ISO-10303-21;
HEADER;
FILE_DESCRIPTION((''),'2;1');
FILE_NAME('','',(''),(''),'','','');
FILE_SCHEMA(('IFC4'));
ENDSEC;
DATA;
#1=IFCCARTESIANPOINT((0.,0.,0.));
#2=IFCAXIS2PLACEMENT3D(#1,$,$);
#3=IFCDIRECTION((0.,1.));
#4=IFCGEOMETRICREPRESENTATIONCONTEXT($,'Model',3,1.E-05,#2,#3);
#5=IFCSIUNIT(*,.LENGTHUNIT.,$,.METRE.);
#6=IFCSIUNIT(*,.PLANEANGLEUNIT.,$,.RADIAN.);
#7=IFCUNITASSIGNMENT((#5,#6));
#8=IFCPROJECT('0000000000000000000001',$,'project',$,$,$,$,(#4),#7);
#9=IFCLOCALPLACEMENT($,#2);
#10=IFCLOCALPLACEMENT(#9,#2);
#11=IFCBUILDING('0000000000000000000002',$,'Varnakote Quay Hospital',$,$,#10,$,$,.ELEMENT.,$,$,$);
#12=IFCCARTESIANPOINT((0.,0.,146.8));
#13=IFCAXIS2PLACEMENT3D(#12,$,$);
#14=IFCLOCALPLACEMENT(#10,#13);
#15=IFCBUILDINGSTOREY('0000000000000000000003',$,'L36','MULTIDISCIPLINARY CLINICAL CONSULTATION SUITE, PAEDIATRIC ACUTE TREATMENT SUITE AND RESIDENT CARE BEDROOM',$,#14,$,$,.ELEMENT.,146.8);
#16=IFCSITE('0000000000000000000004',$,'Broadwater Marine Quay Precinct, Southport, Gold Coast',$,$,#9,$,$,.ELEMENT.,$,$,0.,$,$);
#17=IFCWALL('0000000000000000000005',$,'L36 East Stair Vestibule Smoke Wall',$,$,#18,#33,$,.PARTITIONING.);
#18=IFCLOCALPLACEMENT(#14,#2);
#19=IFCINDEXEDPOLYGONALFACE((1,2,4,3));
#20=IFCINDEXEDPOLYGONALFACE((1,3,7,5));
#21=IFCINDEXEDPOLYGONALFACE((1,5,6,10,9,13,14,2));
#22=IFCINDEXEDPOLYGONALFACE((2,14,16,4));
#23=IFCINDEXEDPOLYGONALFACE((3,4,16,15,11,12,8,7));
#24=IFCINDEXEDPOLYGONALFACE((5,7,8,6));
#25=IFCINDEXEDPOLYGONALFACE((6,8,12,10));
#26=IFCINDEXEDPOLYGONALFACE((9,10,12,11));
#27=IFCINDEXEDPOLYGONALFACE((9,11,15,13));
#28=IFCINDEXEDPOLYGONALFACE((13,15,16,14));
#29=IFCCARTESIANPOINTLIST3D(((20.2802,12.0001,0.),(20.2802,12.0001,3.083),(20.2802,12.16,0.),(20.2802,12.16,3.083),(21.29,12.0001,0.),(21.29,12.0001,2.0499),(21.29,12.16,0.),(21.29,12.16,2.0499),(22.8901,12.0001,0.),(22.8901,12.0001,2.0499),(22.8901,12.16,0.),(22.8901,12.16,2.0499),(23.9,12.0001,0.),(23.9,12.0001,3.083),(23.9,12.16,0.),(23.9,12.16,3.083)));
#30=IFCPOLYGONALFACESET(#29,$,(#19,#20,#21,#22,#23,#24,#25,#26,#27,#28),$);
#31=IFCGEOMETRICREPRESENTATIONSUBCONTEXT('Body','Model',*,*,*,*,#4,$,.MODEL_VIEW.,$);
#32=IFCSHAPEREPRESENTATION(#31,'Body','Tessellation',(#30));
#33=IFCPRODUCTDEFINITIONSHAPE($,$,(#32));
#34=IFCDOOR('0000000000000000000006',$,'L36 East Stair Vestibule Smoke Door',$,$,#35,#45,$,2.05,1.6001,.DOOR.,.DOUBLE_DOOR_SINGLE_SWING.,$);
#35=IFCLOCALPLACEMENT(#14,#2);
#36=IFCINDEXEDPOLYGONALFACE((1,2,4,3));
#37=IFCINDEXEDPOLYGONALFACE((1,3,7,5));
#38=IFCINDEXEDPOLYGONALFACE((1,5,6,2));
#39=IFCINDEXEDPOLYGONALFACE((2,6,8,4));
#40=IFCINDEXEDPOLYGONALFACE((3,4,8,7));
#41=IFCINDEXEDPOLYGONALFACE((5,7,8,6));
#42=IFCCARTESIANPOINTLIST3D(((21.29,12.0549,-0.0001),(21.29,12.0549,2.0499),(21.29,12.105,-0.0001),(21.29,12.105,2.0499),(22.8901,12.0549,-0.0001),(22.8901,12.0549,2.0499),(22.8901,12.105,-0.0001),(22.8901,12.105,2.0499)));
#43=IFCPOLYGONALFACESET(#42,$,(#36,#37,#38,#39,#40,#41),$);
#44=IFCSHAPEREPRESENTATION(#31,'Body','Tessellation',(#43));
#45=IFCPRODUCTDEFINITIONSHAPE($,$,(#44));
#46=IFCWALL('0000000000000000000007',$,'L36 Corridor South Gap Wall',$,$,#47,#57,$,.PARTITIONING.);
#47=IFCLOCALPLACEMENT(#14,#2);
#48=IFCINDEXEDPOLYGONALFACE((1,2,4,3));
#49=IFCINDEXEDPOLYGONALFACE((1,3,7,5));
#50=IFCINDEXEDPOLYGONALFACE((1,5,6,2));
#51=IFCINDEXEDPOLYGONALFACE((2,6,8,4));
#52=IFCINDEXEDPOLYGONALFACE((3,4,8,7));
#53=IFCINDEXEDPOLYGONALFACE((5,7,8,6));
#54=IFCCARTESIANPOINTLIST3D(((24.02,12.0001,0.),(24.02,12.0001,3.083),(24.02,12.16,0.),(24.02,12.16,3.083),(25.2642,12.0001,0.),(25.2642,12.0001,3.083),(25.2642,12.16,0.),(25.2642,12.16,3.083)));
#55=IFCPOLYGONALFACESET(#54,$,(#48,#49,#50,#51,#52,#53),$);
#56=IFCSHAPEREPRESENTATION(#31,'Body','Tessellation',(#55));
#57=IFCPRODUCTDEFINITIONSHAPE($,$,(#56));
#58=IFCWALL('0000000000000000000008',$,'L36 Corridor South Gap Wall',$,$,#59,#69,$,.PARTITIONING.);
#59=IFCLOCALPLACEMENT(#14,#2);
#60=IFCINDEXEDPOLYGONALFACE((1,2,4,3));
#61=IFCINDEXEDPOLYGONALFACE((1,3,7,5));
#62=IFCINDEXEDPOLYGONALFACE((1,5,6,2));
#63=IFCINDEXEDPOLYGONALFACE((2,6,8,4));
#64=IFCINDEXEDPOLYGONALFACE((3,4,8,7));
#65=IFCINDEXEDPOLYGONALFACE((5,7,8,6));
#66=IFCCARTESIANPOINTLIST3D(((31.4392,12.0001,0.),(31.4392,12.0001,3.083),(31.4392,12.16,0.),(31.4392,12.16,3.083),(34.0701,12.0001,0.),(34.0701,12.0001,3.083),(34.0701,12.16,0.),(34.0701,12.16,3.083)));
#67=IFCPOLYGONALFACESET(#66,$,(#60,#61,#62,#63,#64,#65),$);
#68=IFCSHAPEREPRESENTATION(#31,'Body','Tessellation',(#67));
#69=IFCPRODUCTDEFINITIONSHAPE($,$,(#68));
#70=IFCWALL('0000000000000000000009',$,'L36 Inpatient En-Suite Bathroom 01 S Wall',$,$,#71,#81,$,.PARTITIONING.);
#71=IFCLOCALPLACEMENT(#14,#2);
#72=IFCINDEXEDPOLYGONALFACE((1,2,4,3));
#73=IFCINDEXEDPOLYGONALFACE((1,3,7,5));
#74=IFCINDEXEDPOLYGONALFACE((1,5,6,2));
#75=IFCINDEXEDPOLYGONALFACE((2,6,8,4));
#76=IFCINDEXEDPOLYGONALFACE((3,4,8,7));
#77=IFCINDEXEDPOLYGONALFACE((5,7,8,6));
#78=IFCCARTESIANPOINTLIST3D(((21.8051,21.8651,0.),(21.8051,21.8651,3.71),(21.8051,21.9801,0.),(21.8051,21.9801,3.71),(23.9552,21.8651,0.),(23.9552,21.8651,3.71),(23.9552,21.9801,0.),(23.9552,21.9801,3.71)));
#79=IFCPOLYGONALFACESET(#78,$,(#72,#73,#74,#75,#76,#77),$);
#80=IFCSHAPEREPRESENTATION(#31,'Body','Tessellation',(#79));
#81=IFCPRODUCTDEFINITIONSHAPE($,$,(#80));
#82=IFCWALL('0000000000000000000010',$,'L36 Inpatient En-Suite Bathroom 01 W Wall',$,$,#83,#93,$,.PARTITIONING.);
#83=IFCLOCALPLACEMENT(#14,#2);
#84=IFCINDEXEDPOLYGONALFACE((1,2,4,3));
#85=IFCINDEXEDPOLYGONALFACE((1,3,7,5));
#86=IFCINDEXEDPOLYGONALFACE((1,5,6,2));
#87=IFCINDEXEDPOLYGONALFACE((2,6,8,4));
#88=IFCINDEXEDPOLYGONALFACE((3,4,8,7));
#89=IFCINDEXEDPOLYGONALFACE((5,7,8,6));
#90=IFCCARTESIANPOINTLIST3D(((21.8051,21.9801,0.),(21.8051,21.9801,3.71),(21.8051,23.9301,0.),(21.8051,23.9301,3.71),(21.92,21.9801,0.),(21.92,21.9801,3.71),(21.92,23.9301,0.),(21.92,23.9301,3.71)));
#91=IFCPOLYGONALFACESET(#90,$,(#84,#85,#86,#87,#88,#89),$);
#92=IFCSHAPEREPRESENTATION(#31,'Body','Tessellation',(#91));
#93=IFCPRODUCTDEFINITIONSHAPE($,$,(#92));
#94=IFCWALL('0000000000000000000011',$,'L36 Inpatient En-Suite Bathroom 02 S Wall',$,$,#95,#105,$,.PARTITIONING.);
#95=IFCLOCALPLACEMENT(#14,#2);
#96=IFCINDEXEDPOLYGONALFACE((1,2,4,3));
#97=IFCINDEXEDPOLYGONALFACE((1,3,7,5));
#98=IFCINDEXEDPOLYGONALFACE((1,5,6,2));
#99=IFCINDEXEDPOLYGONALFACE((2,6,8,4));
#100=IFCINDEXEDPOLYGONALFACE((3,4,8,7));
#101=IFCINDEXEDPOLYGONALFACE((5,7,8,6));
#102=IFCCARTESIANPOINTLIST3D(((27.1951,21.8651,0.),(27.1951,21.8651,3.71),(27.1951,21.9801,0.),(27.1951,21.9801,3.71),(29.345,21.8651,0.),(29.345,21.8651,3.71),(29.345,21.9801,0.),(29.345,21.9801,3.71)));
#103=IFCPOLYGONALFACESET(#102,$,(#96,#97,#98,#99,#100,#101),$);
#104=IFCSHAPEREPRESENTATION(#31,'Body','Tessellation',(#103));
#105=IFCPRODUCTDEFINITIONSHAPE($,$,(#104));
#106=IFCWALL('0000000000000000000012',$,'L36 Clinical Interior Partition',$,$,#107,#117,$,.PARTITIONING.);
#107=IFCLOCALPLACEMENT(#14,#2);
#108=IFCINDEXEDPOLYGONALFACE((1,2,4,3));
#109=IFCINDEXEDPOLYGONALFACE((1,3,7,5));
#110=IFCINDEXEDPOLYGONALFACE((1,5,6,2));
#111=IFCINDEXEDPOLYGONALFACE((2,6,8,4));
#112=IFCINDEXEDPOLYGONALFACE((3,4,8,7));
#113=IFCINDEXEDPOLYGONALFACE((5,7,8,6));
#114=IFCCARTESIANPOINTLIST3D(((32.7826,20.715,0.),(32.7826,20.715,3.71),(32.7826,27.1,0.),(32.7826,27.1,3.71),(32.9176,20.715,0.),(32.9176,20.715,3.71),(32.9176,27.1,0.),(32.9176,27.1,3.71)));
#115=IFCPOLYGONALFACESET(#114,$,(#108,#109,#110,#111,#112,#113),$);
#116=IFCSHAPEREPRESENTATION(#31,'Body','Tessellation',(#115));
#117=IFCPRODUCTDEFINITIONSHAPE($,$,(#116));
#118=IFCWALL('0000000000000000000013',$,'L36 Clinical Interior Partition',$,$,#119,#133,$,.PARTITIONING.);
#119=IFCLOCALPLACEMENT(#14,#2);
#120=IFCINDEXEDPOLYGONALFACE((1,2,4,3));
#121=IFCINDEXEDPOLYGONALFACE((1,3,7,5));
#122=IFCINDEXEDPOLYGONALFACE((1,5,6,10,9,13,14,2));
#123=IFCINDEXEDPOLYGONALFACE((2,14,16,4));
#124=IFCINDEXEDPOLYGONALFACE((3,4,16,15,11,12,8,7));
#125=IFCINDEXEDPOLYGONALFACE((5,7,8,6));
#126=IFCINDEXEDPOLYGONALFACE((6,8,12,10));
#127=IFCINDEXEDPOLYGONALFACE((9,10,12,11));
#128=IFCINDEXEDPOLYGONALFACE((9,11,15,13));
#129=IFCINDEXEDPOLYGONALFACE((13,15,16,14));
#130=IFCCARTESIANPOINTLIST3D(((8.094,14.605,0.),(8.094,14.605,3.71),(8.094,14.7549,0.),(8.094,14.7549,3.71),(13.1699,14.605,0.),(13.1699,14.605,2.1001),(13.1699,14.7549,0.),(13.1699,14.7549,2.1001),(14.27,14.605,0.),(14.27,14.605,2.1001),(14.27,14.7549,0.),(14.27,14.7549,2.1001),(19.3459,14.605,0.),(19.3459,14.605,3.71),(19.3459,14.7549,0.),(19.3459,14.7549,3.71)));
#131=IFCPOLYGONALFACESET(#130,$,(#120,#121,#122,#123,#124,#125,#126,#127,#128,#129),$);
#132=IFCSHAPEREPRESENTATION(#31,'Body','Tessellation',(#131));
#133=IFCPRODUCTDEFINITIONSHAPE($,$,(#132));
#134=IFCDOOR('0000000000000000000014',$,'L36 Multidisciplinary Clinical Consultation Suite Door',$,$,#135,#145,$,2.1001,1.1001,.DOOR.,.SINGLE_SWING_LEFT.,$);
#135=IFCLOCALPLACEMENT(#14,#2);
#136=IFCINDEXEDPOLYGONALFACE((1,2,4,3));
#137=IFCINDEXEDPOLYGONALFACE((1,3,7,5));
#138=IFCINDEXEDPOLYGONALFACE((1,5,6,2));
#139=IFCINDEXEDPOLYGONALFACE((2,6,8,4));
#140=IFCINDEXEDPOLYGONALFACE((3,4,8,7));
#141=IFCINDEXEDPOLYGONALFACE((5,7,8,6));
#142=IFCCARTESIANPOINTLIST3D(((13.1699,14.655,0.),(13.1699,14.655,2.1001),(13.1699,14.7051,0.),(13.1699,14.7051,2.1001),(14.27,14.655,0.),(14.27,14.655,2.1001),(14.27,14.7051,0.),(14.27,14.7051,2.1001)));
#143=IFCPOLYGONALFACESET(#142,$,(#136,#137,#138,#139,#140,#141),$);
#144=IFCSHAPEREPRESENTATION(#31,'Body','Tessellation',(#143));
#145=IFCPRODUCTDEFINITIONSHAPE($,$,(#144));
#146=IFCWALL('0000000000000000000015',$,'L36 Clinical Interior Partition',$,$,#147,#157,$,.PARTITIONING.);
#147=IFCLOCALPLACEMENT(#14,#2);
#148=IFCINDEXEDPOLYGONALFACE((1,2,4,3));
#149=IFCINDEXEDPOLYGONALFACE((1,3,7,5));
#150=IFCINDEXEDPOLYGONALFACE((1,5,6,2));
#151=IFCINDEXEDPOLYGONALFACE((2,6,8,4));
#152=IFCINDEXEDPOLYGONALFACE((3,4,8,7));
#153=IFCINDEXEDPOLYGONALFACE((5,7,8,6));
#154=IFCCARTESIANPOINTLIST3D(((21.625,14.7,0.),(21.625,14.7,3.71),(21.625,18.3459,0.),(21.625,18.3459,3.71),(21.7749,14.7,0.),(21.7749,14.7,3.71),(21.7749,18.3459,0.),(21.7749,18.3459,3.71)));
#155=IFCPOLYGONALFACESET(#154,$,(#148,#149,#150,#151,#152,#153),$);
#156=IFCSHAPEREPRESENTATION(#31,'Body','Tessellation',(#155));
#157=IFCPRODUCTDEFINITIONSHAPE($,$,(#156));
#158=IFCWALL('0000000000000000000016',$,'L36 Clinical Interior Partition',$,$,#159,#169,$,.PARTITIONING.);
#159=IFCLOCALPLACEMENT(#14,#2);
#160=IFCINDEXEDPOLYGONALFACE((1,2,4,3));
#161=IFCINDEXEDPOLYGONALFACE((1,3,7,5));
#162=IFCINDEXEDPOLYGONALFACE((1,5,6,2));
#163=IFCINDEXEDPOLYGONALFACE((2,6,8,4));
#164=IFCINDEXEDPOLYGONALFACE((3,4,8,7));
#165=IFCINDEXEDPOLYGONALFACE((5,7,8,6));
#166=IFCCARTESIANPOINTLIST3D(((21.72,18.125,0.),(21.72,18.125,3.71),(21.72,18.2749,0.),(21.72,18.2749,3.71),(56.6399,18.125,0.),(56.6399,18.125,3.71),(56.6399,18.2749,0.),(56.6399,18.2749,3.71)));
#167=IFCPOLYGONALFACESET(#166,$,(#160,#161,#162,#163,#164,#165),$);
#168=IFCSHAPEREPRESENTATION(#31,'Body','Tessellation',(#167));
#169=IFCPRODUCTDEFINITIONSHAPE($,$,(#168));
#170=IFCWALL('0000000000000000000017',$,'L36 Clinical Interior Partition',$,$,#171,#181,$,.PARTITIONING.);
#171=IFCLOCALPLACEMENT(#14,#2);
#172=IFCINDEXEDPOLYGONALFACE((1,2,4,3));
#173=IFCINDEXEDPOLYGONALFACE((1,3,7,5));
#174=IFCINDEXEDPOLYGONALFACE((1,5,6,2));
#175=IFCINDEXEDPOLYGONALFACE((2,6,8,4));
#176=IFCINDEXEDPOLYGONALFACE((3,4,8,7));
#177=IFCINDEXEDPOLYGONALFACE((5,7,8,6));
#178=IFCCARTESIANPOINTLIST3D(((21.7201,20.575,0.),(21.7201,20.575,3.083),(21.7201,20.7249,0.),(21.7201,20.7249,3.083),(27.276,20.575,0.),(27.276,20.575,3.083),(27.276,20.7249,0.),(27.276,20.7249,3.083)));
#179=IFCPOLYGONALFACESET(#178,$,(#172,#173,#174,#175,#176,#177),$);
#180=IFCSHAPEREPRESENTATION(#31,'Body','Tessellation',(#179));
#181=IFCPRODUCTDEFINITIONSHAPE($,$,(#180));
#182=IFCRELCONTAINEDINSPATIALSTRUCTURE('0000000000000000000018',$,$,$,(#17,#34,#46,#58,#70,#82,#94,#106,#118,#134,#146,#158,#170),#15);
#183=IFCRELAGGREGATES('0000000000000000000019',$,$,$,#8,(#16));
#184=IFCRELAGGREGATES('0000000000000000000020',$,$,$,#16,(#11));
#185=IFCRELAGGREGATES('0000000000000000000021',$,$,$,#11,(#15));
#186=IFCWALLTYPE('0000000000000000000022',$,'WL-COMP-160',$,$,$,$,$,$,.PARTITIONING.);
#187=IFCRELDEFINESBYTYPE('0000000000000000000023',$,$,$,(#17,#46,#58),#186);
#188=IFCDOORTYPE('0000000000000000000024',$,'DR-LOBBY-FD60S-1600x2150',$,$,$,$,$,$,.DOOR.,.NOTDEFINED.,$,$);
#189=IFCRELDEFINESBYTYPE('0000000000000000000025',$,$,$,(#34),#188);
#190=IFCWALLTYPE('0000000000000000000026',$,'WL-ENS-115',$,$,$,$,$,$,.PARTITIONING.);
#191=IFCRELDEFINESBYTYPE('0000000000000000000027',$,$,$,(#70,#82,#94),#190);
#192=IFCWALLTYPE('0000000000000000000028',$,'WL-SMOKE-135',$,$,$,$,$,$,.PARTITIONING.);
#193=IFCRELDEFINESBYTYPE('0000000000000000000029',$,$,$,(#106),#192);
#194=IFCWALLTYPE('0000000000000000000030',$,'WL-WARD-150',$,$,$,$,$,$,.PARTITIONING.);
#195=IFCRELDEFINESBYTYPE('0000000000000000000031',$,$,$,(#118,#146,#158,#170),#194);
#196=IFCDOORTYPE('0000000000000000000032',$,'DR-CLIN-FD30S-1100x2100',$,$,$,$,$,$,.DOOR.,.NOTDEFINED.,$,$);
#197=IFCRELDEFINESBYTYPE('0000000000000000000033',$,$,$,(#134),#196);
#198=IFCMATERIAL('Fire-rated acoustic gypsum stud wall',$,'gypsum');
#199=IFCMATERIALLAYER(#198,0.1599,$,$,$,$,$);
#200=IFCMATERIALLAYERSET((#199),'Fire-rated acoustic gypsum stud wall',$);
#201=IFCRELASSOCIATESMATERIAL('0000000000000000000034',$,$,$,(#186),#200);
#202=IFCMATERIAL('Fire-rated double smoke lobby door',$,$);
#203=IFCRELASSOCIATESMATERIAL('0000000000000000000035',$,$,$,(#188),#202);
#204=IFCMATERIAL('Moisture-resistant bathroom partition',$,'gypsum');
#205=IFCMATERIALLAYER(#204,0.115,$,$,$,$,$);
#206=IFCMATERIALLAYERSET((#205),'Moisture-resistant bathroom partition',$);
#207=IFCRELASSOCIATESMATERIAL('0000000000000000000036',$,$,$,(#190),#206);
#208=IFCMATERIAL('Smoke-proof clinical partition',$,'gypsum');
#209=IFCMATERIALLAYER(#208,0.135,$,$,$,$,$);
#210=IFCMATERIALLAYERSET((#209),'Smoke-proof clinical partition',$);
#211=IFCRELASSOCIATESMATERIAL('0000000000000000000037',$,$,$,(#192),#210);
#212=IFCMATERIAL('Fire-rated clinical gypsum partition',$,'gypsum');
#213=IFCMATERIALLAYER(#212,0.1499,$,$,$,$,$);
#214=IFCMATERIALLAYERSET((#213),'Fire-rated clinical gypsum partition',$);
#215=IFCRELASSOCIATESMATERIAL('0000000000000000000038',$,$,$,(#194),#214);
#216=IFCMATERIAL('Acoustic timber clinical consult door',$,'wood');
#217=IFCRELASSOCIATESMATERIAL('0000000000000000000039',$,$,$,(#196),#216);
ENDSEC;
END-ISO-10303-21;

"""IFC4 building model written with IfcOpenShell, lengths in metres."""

from ifc_helpers import new_model, si_unit, direction, frame, frame_2d, origin, place, context, subcontext, project, spatial, rectangle, extrude, material, layer, layer_set, type_object, element, fill, save


model = new_model("IFC4")

# Units and contexts
model_context = context("Model", 3, precision=1e-05, world=origin(), true_north=direction((0.0, 1.0)))
body_context = subcontext(model_context, "Body", "Model", "MODEL_VIEW")
ifc_project = project(units=[si_unit("LENGTHUNIT", "METRE"), si_unit("PLANEANGLEUNIT", "RADIAN")], contexts=[model_context])

# Site, building, storey
site_placement = place(None, origin())
site = spatial("IfcSite", under=ifc_project, at=site_placement, Name="Broadwater Marine Quay Precinct, Southport, Gold Coast", CompositionType="ELEMENT", RefElevation=0.0)
building_placement = place(site_placement, origin())
building = spatial("IfcBuilding", under=site, at=building_placement, Name="Varnakote Quay Hospital", CompositionType="ELEMENT")
storey_placement = place(building_placement, frame((0.0, 0.0, 146.8)))
storey = spatial("IfcBuildingStorey", under=building, at=storey_placement, Name="L36", Description="MULTIDISCIPLINARY CLINICAL CONSULTATION SUITE, PAEDIATRIC ACUTE TREATMENT SUITE AND RESIDENT CARE BEDROOM", CompositionType="ELEMENT", Elevation=146.8)

# Wall, opening, door
ifc_material_1 = material(Name="Fire-rated acoustic gypsum stud wall", Category="gypsum")
ifc_layer_1 = layer(ifc_material_1, 0.1599)
ifc_layer_set_1 = layer_set([ifc_layer_1], Name="Fire-rated acoustic gypsum stud wall")
wall_type_1 = type_object("IfcWallType", Name="WL-COMP-160", PredefinedType="PARTITIONING", material=ifc_layer_set_1)
wall_1_placement = place(storey_placement, frame((20.28, 12.0801, 0.0), z_axis=(0.0, 0.0, 1.0), x_axis=(1.0, 0.0, 0.0)))
wall_1 = element("IfcWall", 1, at=wall_1_placement, inside=storey, type_object=wall_type_1, Name="L36 East Stair Vestibule Smoke Wall", PredefinedType="PARTITIONING", context=body_context, shape_type="SweptSolid", body=[
    extrude(rectangle(XDim=3.6199, YDim=0.1599, at=frame_2d((1.8101, 0.0))), origin(), (0.0, 0.0, 1.0), 3.083),
])
opening_1_placement = place(wall_1_placement, frame((1.01, 0.0, 0.0)))
opening_1 = element("IfcOpeningElement", 2, at=opening_1_placement, cuts=wall_1, PredefinedType="OPENING", context=body_context, shape_type="SweptSolid", body=[
    extrude(rectangle(XDim=1.6001, YDim=2.05, at=frame_2d((0.8, 1.0249))), frame((0.0, 0.0898, 0.0), z_axis=(0.0, -1.0, 0.0), x_axis=(1.0, 0.0, 0.0)), (0.0, 0.0, 1.0), 0.1799),
])
ifc_material_2 = material(Name="Fire-rated double smoke lobby door")
door_type_1 = type_object("IfcDoorType", Name="DR-LOBBY-FD60S-1600x2150", OperationType="NOTDEFINED", PredefinedType="DOOR", material=ifc_material_2)
door_1_placement = place(opening_1_placement, origin())
door_1 = element("IfcDoor", 3, at=door_1_placement, inside=storey, type_object=door_type_1, Name="L36 East Stair Vestibule Smoke Door", OperationType="DOUBLE_DOOR_SINGLE_SWING", OverallHeight=2.05, OverallWidth=1.6001, PredefinedType="DOOR", context=body_context, shape_type="SweptSolid", body=[
    extrude(rectangle(XDim=1.6001, YDim=2.05, at=frame_2d((0.8, 1.0249))), frame((0.0, 0.0249, 0.0), z_axis=(0.0, -1.0, 0.0), x_axis=(1.0, 0.0, 0.0)), (0.0, 0.0, 1.0), 0.05),
])
fill(opening_1, door_1)

# Walls
wall_2_placement = place(storey_placement, frame((24.02, 12.0801, 0.0), z_axis=(0.0, 0.0, 1.0), x_axis=(1.0, 0.0, 0.0)))
element("IfcWall", 4, at=wall_2_placement, inside=storey, type_object=wall_type_1, Name="L36 Corridor South Gap Wall", PredefinedType="PARTITIONING", context=body_context, shape_type="SweptSolid", body=[
    extrude(rectangle(XDim=1.2441, YDim=0.1599, at=frame_2d((0.6221, 0.0))), origin(), (0.0, 0.0, 1.0), 3.083),
])
wall_3_placement = place(storey_placement, frame((31.4392, 12.0801, 0.0), z_axis=(0.0, 0.0, 1.0), x_axis=(1.0, 0.0, 0.0)))
element("IfcWall", 5, at=wall_3_placement, inside=storey, type_object=wall_type_1, Name="L36 Corridor South Gap Wall", PredefinedType="PARTITIONING", context=body_context, shape_type="SweptSolid", body=[
    extrude(rectangle(XDim=2.6309, YDim=0.1599, at=frame_2d((1.3154, 0.0))), origin(), (0.0, 0.0, 1.0), 3.083),
])
ifc_material_3 = material(Name="Moisture-resistant bathroom partition", Category="gypsum")
ifc_layer_2 = layer(ifc_material_3, 0.115)
ifc_layer_set_2 = layer_set([ifc_layer_2], Name="Moisture-resistant bathroom partition")
wall_type_2 = type_object("IfcWallType", Name="WL-ENS-115", PredefinedType="PARTITIONING", material=ifc_layer_set_2)
wall_4_placement = place(storey_placement, frame((21.8049, 21.9226, 0.0), z_axis=(0.0, 0.0, 1.0), x_axis=(1.0, 0.0, 0.0)))
element("IfcWall", 6, at=wall_4_placement, inside=storey, type_object=wall_type_2, Name="L36 Inpatient En-Suite Bathroom 01 S Wall", PredefinedType="PARTITIONING", context=body_context, shape_type="SweptSolid", body=[
    extrude(rectangle(XDim=2.1501, YDim=0.115, at=frame_2d((1.0752, 0.0))), origin(), (0.0, 0.0, 1.0), 3.71),
])
wall_5_placement = place(storey_placement, frame((21.8625, 21.98, 0.0), z_axis=(0.0, 0.0, 1.0), x_axis=(0.0, 1.0, 0.0)))
element("IfcWall", 7, at=wall_5_placement, inside=storey, type_object=wall_type_2, Name="L36 Inpatient En-Suite Bathroom 01 W Wall", PredefinedType="PARTITIONING", context=body_context, shape_type="SweptSolid", body=[
    extrude(rectangle(XDim=1.95, YDim=0.115, at=frame_2d((0.9751, 0.0))), origin(), (0.0, 0.0, 1.0), 3.71),
])
wall_6_placement = place(storey_placement, frame((27.1951, 21.9226, 0.0), z_axis=(0.0, 0.0, 1.0), x_axis=(1.0, 0.0, 0.0)))
element("IfcWall", 8, at=wall_6_placement, inside=storey, type_object=wall_type_2, Name="L36 Inpatient En-Suite Bathroom 02 S Wall", PredefinedType="PARTITIONING", context=body_context, shape_type="SweptSolid", body=[
    extrude(rectangle(XDim=2.1499, YDim=0.115, at=frame_2d((1.075, 0.0))), origin(), (0.0, 0.0, 1.0), 3.71),
])
ifc_material_4 = material(Name="Smoke-proof clinical partition", Category="gypsum")
ifc_layer_3 = layer(ifc_material_4, 0.135)
ifc_layer_set_3 = layer_set([ifc_layer_3], Name="Smoke-proof clinical partition")
wall_type_3 = type_object("IfcWallType", Name="WL-SMOKE-135", PredefinedType="PARTITIONING", material=ifc_layer_set_3)
wall_7_placement = place(storey_placement, frame((32.8501, 20.7151, 0.0), z_axis=(0.0, 0.0, 1.0), x_axis=(0.0, 1.0, 0.0)))
element("IfcWall", 9, at=wall_7_placement, inside=storey, type_object=wall_type_3, Name="L36 Clinical Interior Partition", PredefinedType="PARTITIONING", context=body_context, shape_type="SweptSolid", body=[
    extrude(rectangle(XDim=6.385, YDim=0.135, at=frame_2d((3.1924, 0.0))), origin(), (0.0, 0.0, 1.0), 3.71),
])

# Wall, opening, door
ifc_material_5 = material(Name="Fire-rated clinical gypsum partition", Category="gypsum")
ifc_layer_4 = layer(ifc_material_5, 0.1499)
ifc_layer_set_4 = layer_set([ifc_layer_4], Name="Fire-rated clinical gypsum partition")
wall_type_4 = type_object("IfcWallType", Name="WL-WARD-150", PredefinedType="PARTITIONING", material=ifc_layer_set_4)
wall_8_placement = place(storey_placement, frame((19.3459, 14.6799, 0.0), z_axis=(0.0, 0.0, 1.0), x_axis=(-1.0, 0.0, 0.0)))
wall_8 = element("IfcWall", 10, at=wall_8_placement, inside=storey, type_object=wall_type_4, Name="L36 Clinical Interior Partition", PredefinedType="PARTITIONING", context=body_context, shape_type="SweptSolid", body=[
    extrude(rectangle(XDim=11.252, YDim=0.1499, at=frame_2d((5.626, 0.0))), origin(), (0.0, 0.0, 1.0), 3.71),
])
opening_2_placement = place(wall_8_placement, frame((5.0759, 0.0, 0.0)))
opening_2 = element("IfcOpeningElement", 11, at=opening_2_placement, cuts=wall_8, PredefinedType="OPENING", context=body_context, shape_type="SweptSolid", body=[
    extrude(rectangle(XDim=1.1001, YDim=2.1001, at=frame_2d((0.55, 1.05))), frame((0.0, 0.085, 0.0), z_axis=(0.0, -1.0, 0.0), x_axis=(1.0, 0.0, 0.0)), (0.0, 0.0, 1.0), 0.1699),
])
ifc_material_6 = material(Name="Acoustic timber clinical consult door", Category="wood")
door_type_2 = type_object("IfcDoorType", Name="DR-CLIN-FD30S-1100x2100", OperationType="NOTDEFINED", PredefinedType="DOOR", material=ifc_material_6)
door_2_placement = place(opening_2_placement, origin())
door_2 = element("IfcDoor", 12, at=door_2_placement, inside=storey, type_object=door_type_2, Name="L36 Multidisciplinary Clinical Consultation Suite Door", OperationType="SINGLE_SWING_LEFT", OverallHeight=2.1001, OverallWidth=1.1001, PredefinedType="DOOR", context=body_context, shape_type="SweptSolid", body=[
    extrude(rectangle(XDim=1.1001, YDim=2.1001, at=frame_2d((0.55, 1.05))), frame((0.0, 0.0249, 0.0), z_axis=(0.0, -1.0, 0.0), x_axis=(1.0, 0.0, 0.0)), (0.0, 0.0, 1.0), 0.05),
])
fill(opening_2, door_2)

# Walls
wall_9_placement = place(storey_placement, frame((21.7, 14.7, 0.0), z_axis=(0.0, 0.0, 1.0), x_axis=(0.0, 1.0, 0.0)))
element("IfcWall", 13, at=wall_9_placement, inside=storey, type_object=wall_type_4, Name="L36 Clinical Interior Partition", PredefinedType="PARTITIONING", context=body_context, shape_type="SweptSolid", body=[
    extrude(rectangle(XDim=3.646, YDim=0.1499, at=frame_2d((1.823, 0.0))), origin(), (0.0, 0.0, 1.0), 3.71),
])
wall_10_placement = place(storey_placement, frame((21.72, 18.2, 0.0), z_axis=(0.0, 0.0, 1.0), x_axis=(1.0, 0.0, 0.0)))
element("IfcWall", 14, at=wall_10_placement, inside=storey, type_object=wall_type_4, Name="L36 Clinical Interior Partition", PredefinedType="PARTITIONING", context=body_context, shape_type="SweptSolid", body=[
    extrude(rectangle(XDim=34.9199, YDim=0.1499, at=frame_2d((17.46, 0.0))), origin(), (0.0, 0.0, 1.0), 3.71),
])
wall_11_placement = place(storey_placement, frame((27.2759, 20.6499, 0.0), z_axis=(0.0, 0.0, 1.0), x_axis=(-1.0, 0.0, 0.0)))
element("IfcWall", 15, at=wall_11_placement, inside=storey, type_object=wall_type_4, Name="L36 Clinical Interior Partition", PredefinedType="PARTITIONING", context=body_context, shape_type="SweptSolid", body=[
    extrude(rectangle(XDim=5.5559, YDim=0.1499, at=frame_2d((2.7778, 0.0))), origin(), (0.0, 0.0, 1.0), 3.083),
])

save(model, "model.ifc")
